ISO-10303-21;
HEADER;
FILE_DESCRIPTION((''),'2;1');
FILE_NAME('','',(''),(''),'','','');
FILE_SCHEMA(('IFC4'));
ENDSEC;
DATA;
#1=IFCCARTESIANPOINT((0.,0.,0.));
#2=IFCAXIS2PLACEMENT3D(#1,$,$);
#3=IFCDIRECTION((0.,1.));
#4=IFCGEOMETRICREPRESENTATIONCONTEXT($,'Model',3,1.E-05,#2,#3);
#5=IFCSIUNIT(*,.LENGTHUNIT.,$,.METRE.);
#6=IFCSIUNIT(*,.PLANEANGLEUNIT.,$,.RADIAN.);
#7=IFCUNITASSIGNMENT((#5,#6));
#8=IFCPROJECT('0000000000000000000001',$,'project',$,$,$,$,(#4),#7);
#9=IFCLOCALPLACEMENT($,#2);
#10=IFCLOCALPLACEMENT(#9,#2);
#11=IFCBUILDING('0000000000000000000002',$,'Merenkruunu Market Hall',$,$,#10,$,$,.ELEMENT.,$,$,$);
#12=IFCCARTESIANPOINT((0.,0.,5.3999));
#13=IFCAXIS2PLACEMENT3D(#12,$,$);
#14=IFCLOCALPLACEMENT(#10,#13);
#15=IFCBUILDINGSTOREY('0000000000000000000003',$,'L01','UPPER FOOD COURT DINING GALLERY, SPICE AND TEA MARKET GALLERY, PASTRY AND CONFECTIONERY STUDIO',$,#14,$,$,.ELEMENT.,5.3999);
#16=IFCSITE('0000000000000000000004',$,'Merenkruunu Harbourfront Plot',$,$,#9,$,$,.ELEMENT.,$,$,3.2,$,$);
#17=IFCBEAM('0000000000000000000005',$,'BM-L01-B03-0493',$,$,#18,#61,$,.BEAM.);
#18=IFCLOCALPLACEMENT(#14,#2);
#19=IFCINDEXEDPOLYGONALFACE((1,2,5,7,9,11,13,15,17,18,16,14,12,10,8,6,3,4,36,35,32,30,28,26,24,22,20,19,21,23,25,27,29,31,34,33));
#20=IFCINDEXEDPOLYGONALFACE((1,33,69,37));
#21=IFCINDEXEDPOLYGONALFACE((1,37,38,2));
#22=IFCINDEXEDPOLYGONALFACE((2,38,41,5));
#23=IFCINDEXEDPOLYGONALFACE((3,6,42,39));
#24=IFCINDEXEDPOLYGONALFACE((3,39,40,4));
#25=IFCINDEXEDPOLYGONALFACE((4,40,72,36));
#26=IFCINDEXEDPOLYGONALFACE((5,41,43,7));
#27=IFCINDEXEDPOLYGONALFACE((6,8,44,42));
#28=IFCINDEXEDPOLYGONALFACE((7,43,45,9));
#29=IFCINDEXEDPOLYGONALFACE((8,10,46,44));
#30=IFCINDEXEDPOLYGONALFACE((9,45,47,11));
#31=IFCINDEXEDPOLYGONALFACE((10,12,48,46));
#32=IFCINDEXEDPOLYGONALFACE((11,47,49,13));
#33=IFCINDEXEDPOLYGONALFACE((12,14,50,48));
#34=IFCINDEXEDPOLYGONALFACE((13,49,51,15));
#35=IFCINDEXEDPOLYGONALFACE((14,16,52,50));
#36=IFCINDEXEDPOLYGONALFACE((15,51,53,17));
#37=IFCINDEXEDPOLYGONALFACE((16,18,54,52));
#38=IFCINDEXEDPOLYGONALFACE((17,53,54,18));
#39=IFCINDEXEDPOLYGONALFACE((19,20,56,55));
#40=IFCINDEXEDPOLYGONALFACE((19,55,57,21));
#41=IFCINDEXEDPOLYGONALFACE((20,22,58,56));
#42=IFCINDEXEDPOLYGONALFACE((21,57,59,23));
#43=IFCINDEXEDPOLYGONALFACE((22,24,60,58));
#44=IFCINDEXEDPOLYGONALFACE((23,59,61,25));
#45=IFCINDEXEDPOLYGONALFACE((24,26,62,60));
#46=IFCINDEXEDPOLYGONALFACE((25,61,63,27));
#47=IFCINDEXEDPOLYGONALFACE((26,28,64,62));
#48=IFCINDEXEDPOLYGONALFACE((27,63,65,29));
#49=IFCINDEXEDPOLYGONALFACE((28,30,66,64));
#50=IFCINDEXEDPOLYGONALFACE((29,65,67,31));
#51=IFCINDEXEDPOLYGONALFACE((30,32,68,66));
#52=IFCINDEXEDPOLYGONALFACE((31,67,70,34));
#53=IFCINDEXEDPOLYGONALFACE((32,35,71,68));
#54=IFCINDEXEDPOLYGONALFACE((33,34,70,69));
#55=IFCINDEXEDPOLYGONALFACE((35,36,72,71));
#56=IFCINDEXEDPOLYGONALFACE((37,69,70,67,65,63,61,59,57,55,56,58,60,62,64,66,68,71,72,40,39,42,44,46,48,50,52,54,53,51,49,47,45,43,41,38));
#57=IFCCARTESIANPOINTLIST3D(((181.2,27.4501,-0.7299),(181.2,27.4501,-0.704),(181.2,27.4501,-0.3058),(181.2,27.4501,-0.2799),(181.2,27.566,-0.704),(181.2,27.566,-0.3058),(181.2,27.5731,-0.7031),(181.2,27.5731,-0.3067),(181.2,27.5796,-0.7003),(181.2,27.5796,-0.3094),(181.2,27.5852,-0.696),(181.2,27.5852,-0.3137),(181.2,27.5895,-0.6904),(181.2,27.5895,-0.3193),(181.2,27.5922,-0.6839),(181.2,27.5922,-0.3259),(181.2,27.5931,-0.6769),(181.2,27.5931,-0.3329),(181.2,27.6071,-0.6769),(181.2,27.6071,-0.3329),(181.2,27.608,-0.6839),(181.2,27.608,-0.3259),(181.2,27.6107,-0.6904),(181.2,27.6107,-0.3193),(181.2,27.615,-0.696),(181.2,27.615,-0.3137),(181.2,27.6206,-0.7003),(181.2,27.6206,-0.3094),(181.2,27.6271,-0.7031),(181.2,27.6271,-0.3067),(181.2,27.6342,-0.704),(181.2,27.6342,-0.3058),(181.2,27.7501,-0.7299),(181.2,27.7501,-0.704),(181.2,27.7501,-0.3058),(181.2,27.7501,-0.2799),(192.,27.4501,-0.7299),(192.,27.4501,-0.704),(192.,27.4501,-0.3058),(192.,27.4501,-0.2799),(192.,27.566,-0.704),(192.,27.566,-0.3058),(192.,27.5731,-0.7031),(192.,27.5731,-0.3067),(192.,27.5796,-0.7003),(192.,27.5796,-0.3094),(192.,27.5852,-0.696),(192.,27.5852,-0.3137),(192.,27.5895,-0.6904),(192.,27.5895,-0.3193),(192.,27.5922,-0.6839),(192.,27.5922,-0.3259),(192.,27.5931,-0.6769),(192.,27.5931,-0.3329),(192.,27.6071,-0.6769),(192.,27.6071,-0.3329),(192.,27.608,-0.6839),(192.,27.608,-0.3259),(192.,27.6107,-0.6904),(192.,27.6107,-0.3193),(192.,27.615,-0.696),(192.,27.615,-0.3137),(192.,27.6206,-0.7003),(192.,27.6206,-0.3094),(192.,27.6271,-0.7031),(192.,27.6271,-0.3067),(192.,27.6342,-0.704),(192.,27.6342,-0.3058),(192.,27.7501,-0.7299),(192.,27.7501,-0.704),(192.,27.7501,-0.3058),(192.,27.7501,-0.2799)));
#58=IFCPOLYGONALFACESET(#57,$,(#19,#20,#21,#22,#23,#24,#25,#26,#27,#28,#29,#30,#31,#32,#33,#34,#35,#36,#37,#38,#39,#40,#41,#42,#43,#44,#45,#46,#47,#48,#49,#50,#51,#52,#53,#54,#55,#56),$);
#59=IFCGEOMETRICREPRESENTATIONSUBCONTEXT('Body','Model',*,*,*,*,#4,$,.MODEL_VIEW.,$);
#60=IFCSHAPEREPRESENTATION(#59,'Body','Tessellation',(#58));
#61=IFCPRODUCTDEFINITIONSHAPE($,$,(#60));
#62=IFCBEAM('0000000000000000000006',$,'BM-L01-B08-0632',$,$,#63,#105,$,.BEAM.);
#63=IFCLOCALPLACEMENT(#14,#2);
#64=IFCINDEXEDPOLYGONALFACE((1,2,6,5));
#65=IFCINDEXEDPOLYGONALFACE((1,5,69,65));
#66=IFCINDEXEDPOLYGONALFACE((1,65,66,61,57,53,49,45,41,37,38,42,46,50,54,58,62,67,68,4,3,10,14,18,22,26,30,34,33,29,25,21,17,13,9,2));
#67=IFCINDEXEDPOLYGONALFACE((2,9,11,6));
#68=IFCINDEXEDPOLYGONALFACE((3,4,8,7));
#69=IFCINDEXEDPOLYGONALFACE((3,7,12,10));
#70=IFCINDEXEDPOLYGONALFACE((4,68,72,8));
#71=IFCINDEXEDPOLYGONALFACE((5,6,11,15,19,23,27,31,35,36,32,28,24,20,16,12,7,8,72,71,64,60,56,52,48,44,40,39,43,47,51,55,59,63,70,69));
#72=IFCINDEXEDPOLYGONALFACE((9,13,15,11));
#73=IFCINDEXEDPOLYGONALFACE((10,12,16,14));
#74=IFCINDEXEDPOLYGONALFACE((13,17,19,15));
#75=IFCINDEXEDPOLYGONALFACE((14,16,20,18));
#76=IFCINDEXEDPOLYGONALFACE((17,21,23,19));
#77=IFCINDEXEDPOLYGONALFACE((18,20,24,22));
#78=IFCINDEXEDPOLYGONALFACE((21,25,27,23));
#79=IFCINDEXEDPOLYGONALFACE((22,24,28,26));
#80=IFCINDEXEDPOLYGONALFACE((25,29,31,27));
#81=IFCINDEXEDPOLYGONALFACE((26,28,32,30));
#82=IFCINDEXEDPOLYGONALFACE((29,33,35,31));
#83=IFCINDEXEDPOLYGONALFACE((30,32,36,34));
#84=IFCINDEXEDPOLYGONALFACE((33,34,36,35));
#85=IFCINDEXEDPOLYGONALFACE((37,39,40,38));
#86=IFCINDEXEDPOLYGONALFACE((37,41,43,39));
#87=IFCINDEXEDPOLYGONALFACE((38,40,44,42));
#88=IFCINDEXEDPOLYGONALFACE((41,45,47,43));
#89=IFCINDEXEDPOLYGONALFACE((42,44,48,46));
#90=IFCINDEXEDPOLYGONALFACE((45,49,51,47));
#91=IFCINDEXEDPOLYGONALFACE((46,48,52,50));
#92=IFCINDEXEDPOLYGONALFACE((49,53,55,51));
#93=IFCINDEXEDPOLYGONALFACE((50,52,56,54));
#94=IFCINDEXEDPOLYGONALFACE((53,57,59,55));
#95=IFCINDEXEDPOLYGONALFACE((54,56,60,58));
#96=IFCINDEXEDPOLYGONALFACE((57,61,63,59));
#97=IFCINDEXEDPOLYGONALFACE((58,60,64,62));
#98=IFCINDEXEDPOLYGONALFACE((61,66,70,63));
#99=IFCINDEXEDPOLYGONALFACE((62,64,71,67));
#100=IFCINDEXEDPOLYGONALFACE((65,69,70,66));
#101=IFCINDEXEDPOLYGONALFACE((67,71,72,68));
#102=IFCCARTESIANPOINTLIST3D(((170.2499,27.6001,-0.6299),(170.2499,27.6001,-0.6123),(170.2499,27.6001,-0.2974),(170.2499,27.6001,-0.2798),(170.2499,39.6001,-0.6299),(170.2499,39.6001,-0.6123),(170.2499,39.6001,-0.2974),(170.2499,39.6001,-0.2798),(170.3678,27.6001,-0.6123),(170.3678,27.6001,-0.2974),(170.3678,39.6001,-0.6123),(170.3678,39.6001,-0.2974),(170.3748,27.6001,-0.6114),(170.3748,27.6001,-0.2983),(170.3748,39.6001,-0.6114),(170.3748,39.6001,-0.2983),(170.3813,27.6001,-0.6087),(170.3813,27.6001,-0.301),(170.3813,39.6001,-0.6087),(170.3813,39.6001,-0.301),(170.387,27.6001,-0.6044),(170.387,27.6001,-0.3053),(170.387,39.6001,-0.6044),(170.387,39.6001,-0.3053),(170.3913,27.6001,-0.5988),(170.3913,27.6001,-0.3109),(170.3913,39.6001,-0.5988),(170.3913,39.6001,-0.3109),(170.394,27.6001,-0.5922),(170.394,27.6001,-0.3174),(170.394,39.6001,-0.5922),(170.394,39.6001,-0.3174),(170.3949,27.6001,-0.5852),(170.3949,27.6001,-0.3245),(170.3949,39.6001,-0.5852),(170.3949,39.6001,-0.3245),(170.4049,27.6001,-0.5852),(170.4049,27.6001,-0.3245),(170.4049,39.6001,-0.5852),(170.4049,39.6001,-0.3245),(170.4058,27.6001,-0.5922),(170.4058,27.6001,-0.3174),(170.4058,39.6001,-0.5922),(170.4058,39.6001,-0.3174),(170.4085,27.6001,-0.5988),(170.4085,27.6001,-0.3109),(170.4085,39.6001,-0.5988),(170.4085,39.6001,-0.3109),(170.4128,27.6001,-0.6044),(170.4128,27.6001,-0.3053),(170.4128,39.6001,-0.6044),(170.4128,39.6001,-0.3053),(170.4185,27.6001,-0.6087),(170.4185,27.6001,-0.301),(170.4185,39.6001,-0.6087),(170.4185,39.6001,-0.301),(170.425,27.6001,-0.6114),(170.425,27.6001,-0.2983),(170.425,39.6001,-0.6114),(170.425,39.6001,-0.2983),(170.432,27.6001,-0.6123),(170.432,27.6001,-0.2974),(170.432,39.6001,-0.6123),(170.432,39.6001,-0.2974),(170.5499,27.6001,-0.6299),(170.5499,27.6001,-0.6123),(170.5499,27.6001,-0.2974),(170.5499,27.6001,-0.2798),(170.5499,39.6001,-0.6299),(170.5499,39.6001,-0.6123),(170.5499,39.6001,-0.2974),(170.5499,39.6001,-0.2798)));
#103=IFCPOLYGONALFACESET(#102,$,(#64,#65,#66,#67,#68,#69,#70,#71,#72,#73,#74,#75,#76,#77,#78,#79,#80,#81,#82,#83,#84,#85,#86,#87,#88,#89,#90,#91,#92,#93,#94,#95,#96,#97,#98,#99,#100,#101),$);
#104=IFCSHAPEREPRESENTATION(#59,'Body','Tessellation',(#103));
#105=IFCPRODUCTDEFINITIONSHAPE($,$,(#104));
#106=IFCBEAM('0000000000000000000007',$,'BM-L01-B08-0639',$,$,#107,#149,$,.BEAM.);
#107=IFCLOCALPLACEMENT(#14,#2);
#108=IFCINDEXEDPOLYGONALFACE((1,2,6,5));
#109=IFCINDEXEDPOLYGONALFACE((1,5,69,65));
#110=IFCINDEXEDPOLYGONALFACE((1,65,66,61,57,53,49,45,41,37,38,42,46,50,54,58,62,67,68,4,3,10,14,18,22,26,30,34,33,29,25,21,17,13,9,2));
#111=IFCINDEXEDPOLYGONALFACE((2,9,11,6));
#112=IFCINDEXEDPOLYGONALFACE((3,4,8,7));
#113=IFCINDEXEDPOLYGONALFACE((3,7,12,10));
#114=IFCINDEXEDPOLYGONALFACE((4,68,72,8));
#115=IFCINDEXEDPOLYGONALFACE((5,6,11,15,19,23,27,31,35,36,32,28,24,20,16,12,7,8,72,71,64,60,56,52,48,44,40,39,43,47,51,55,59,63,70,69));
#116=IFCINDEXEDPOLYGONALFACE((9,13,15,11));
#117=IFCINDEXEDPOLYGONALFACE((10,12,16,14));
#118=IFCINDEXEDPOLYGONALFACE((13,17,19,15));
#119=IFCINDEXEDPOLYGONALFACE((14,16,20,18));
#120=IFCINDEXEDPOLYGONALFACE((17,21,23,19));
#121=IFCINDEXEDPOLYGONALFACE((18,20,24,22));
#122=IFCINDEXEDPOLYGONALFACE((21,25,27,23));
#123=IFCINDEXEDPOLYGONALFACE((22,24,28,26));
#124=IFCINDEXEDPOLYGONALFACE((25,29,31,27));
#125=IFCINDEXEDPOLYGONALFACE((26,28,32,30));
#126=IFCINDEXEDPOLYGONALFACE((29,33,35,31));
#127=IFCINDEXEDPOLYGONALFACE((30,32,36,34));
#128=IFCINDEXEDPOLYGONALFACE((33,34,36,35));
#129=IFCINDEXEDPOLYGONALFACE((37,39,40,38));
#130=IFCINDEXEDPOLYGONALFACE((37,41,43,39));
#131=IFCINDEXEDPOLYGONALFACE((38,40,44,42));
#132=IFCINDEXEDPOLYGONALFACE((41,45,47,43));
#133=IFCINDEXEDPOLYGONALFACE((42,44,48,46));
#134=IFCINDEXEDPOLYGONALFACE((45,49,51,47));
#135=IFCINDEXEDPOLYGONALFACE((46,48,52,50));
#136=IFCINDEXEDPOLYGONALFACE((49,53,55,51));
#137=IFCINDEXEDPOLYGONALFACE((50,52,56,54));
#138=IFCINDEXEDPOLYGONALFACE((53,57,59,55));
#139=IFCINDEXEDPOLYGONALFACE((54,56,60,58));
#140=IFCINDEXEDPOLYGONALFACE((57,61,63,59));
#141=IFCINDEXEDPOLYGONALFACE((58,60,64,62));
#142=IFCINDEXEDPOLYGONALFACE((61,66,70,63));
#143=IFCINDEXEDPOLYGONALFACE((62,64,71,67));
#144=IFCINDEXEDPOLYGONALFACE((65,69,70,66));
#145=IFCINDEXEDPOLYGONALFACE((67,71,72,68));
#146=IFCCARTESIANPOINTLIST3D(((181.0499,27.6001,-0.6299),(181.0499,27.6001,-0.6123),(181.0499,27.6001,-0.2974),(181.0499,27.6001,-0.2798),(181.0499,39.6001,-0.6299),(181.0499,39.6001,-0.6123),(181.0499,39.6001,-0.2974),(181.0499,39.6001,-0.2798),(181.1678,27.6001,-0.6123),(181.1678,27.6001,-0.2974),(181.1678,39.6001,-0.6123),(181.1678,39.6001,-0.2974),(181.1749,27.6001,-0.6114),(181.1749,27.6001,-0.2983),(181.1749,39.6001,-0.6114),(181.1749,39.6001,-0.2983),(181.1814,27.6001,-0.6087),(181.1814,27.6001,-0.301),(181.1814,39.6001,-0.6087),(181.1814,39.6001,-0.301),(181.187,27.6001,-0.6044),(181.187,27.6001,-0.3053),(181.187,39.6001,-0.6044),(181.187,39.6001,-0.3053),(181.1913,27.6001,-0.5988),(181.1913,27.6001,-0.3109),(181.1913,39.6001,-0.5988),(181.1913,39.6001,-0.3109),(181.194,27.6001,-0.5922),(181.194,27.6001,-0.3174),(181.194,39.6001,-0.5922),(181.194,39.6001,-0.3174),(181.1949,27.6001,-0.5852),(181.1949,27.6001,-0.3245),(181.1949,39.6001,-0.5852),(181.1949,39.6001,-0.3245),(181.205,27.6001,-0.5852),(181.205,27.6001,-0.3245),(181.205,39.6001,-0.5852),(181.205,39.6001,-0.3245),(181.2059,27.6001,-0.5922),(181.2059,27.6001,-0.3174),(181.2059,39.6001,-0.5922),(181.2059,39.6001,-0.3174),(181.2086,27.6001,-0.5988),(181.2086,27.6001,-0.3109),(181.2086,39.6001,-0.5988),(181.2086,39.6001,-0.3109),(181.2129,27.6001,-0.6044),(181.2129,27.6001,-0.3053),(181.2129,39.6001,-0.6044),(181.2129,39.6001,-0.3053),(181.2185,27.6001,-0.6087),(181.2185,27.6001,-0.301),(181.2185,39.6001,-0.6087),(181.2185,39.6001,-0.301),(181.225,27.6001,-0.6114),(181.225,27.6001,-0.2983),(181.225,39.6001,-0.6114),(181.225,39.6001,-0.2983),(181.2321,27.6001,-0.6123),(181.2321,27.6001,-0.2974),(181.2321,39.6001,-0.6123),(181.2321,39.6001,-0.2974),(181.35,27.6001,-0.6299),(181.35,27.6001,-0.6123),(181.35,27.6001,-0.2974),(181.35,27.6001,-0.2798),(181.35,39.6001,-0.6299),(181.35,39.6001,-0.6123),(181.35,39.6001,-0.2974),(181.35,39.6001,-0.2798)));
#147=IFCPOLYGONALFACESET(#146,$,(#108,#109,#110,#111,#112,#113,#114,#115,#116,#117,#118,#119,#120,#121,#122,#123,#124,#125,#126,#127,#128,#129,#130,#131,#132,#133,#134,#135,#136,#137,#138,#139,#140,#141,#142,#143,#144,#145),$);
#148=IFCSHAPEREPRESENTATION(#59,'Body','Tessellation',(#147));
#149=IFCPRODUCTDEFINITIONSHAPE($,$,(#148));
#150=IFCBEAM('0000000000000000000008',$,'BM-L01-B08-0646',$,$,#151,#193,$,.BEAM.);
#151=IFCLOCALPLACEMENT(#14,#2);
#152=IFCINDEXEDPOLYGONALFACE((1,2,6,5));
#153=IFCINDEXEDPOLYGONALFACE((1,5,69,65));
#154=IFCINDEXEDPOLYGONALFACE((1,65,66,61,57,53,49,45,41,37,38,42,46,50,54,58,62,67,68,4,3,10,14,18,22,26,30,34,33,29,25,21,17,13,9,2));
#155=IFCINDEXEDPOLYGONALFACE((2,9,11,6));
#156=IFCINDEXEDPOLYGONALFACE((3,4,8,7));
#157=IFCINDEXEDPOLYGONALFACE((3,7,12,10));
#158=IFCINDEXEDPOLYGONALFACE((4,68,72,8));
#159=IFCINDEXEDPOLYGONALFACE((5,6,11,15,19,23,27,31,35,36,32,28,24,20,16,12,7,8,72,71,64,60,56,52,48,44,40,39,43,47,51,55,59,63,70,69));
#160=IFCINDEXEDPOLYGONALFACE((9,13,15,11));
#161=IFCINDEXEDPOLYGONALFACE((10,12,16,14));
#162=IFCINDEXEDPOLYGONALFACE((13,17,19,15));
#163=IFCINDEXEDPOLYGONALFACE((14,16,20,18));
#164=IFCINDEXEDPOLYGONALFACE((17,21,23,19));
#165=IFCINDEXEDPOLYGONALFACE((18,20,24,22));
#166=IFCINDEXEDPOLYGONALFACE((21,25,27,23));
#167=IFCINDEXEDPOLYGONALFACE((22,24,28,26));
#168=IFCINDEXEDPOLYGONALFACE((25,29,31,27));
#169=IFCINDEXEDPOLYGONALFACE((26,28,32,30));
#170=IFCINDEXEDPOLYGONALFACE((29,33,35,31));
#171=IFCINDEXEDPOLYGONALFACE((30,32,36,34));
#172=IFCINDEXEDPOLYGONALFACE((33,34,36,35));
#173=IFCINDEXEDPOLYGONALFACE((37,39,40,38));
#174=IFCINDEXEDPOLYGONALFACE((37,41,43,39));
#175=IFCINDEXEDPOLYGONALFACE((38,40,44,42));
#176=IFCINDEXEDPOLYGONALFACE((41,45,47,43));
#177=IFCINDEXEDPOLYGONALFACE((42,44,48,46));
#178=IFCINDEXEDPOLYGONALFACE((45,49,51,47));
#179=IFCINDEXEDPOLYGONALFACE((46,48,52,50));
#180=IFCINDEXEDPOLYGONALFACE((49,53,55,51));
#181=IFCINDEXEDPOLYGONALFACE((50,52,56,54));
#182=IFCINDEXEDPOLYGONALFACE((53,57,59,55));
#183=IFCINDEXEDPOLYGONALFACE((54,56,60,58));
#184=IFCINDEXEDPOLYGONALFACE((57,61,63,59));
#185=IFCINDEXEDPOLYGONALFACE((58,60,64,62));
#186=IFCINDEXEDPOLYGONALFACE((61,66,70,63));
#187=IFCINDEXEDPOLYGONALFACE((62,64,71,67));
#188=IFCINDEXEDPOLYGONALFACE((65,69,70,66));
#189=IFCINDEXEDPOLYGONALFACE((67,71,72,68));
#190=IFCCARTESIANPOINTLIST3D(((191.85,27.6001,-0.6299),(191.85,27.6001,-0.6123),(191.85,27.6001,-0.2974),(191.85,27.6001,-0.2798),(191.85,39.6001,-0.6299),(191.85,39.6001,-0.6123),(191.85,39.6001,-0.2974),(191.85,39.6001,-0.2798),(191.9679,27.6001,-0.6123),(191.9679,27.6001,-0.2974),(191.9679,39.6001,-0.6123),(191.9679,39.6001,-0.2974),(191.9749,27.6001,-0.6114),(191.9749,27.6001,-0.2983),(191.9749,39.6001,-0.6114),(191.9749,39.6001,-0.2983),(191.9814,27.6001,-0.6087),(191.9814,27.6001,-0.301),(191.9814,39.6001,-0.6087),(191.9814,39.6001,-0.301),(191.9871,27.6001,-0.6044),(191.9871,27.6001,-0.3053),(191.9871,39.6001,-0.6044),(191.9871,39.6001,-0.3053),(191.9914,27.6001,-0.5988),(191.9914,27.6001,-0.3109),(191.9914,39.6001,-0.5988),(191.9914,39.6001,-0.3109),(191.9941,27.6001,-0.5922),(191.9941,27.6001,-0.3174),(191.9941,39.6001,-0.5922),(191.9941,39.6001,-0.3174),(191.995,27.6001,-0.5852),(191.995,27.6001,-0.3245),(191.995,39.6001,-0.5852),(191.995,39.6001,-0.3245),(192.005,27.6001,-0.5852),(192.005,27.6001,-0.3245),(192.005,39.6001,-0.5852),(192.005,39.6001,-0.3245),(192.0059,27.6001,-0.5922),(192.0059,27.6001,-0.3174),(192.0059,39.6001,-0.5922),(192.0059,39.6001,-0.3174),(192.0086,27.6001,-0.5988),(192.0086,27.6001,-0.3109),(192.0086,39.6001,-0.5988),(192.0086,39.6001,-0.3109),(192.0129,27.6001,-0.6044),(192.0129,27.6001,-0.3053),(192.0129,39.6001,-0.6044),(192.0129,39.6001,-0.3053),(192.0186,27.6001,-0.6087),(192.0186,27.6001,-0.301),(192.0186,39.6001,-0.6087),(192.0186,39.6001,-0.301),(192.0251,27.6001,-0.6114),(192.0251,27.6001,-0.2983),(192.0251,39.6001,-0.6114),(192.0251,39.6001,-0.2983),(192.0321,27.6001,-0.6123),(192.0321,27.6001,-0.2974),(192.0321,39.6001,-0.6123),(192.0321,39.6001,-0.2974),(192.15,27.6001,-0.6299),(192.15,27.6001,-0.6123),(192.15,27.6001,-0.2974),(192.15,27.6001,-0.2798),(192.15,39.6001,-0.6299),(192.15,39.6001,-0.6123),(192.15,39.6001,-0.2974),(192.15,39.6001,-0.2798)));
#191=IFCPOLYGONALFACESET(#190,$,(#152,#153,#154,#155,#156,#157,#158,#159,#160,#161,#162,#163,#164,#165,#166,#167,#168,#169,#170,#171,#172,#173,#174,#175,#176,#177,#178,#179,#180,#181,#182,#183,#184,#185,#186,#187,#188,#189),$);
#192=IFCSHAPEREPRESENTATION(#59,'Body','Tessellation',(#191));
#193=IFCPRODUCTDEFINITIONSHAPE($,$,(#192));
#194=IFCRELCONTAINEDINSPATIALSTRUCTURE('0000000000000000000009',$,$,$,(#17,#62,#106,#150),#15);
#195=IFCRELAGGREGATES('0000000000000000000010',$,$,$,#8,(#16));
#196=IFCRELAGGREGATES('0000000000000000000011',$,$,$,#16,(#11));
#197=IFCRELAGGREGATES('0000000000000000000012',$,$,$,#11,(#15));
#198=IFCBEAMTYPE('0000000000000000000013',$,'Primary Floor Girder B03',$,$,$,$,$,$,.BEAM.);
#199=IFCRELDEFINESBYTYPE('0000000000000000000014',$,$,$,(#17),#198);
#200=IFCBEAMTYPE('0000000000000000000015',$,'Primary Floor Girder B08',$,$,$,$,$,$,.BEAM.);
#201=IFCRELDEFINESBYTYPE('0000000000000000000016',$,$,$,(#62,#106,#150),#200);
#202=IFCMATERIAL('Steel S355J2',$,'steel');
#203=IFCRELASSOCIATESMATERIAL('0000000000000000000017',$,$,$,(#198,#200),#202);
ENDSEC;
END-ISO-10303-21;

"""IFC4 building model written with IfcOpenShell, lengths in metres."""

from ifc_helpers import new_model, si_unit, direction, frame, origin, origin_2d, place, context, subcontext, project, spatial, i_section, extrude, material, material_profile, profile_set, type_object, element, save


model = new_model("IFC4")

# Units and contexts
model_context = context("Model", 3, precision=1e-05, world=origin(), true_north=direction((0.0, 1.0)))
body_context = subcontext(model_context, "Body", "Model", "MODEL_VIEW")
ifc_project = project(units=[si_unit("LENGTHUNIT", "METRE"), si_unit("PLANEANGLEUNIT", "RADIAN")], contexts=[model_context])

# Site, building, storey
site_placement = place(None, origin())
site = spatial("IfcSite", under=ifc_project, at=site_placement, Name="Merenkruunu Harbourfront Plot", CompositionType="ELEMENT", RefElevation=3.2)
building_placement = place(site_placement, origin())
building = spatial("IfcBuilding", under=site, at=building_placement, Name="Merenkruunu Market Hall", CompositionType="ELEMENT")
storey_placement = place(building_placement, frame((0.0, 0.0, 5.3999)))
storey = spatial("IfcBuildingStorey", under=building, at=storey_placement, Name="L01", Description="UPPER FOOD COURT DINING GALLERY, SPICE AND TEA MARKET GALLERY, PASTRY AND CONFECTIONERY STUDIO", CompositionType="ELEMENT", Elevation=5.3999)

# Shared definitions
ifc_material_1 = material(Name="Steel S355J2", Category="steel")

# Beams
ifc_material_profile_1 = material_profile(ifc_material_1, i_section(OverallWidth=0.3, OverallDepth=0.45, WebThickness=0.0139, FlangeThickness=0.0259, FilletRadius=0.0271, at=origin_2d()), Name="HEB 450")
ifc_profile_set_1 = profile_set([ifc_material_profile_1], Name="Steel S355J2")
beam_type_1 = type_object("IfcBeamType", Name="Primary Floor Girder B03", PredefinedType="BEAM", material=ifc_profile_set_1)
for number, where, z_axis, x_axis, name in (
    (1, (181.2, 27.6001, -0.5049), (1.0, 0.0, 0.0), (0.0, 1.0, 0.0), "BM-L01-B03-0493"),
):
    element("IfcBeam", number, at=place(storey_placement, frame(where, z_axis=z_axis, x_axis=x_axis)), inside=storey, type_object=beam_type_1, Name=name, PredefinedType="BEAM", context=body_context, shape_type="SweptSolid", body=[
        extrude(i_section(OverallWidth=0.3, OverallDepth=0.45, WebThickness=0.0139, FlangeThickness=0.0259, FilletRadius=0.0271, at=origin_2d()), origin(), (0.0, 0.0, 1.0), 10.8),
    ])
ifc_material_profile_2 = material_profile(ifc_material_1, i_section(OverallWidth=0.3, OverallDepth=0.3501, WebThickness=0.01, FlangeThickness=0.0176, FilletRadius=0.0271, at=origin_2d()), Name="HEA 360")
ifc_profile_set_2 = profile_set([ifc_material_profile_2], Name="Steel S355J2")
beam_type_2 = type_object("IfcBeamType", Name="Primary Floor Girder B08", PredefinedType="BEAM", material=ifc_profile_set_2)
for number, where, z_axis, x_axis, name in (
    (2, (170.3999, 27.6001, -0.4548), (0.0, 1.0, 0.0), (-1.0, 0.0, 0.0), "BM-L01-B08-0632"),
    (3, (181.2, 27.6001, -0.4548), (0.0, 1.0, 0.0), (-1.0, 0.0, 0.0), "BM-L01-B08-0639"),
    (4, (192.0, 27.6001, -0.4548), (0.0, 1.0, 0.0), (-1.0, 0.0, 0.0), "BM-L01-B08-0646"),
):
    element("IfcBeam", number, at=place(storey_placement, frame(where, z_axis=z_axis, x_axis=x_axis)), inside=storey, type_object=beam_type_2, Name=name, PredefinedType="BEAM", context=body_context, shape_type="SweptSolid", body=[
        extrude(i_section(OverallWidth=0.3, OverallDepth=0.3501, WebThickness=0.01, FlangeThickness=0.0176, FilletRadius=0.0271, at=origin_2d()), origin(), (0.0, 0.0, 1.0), 12.0),
    ])

save(model, "model.ifc")
